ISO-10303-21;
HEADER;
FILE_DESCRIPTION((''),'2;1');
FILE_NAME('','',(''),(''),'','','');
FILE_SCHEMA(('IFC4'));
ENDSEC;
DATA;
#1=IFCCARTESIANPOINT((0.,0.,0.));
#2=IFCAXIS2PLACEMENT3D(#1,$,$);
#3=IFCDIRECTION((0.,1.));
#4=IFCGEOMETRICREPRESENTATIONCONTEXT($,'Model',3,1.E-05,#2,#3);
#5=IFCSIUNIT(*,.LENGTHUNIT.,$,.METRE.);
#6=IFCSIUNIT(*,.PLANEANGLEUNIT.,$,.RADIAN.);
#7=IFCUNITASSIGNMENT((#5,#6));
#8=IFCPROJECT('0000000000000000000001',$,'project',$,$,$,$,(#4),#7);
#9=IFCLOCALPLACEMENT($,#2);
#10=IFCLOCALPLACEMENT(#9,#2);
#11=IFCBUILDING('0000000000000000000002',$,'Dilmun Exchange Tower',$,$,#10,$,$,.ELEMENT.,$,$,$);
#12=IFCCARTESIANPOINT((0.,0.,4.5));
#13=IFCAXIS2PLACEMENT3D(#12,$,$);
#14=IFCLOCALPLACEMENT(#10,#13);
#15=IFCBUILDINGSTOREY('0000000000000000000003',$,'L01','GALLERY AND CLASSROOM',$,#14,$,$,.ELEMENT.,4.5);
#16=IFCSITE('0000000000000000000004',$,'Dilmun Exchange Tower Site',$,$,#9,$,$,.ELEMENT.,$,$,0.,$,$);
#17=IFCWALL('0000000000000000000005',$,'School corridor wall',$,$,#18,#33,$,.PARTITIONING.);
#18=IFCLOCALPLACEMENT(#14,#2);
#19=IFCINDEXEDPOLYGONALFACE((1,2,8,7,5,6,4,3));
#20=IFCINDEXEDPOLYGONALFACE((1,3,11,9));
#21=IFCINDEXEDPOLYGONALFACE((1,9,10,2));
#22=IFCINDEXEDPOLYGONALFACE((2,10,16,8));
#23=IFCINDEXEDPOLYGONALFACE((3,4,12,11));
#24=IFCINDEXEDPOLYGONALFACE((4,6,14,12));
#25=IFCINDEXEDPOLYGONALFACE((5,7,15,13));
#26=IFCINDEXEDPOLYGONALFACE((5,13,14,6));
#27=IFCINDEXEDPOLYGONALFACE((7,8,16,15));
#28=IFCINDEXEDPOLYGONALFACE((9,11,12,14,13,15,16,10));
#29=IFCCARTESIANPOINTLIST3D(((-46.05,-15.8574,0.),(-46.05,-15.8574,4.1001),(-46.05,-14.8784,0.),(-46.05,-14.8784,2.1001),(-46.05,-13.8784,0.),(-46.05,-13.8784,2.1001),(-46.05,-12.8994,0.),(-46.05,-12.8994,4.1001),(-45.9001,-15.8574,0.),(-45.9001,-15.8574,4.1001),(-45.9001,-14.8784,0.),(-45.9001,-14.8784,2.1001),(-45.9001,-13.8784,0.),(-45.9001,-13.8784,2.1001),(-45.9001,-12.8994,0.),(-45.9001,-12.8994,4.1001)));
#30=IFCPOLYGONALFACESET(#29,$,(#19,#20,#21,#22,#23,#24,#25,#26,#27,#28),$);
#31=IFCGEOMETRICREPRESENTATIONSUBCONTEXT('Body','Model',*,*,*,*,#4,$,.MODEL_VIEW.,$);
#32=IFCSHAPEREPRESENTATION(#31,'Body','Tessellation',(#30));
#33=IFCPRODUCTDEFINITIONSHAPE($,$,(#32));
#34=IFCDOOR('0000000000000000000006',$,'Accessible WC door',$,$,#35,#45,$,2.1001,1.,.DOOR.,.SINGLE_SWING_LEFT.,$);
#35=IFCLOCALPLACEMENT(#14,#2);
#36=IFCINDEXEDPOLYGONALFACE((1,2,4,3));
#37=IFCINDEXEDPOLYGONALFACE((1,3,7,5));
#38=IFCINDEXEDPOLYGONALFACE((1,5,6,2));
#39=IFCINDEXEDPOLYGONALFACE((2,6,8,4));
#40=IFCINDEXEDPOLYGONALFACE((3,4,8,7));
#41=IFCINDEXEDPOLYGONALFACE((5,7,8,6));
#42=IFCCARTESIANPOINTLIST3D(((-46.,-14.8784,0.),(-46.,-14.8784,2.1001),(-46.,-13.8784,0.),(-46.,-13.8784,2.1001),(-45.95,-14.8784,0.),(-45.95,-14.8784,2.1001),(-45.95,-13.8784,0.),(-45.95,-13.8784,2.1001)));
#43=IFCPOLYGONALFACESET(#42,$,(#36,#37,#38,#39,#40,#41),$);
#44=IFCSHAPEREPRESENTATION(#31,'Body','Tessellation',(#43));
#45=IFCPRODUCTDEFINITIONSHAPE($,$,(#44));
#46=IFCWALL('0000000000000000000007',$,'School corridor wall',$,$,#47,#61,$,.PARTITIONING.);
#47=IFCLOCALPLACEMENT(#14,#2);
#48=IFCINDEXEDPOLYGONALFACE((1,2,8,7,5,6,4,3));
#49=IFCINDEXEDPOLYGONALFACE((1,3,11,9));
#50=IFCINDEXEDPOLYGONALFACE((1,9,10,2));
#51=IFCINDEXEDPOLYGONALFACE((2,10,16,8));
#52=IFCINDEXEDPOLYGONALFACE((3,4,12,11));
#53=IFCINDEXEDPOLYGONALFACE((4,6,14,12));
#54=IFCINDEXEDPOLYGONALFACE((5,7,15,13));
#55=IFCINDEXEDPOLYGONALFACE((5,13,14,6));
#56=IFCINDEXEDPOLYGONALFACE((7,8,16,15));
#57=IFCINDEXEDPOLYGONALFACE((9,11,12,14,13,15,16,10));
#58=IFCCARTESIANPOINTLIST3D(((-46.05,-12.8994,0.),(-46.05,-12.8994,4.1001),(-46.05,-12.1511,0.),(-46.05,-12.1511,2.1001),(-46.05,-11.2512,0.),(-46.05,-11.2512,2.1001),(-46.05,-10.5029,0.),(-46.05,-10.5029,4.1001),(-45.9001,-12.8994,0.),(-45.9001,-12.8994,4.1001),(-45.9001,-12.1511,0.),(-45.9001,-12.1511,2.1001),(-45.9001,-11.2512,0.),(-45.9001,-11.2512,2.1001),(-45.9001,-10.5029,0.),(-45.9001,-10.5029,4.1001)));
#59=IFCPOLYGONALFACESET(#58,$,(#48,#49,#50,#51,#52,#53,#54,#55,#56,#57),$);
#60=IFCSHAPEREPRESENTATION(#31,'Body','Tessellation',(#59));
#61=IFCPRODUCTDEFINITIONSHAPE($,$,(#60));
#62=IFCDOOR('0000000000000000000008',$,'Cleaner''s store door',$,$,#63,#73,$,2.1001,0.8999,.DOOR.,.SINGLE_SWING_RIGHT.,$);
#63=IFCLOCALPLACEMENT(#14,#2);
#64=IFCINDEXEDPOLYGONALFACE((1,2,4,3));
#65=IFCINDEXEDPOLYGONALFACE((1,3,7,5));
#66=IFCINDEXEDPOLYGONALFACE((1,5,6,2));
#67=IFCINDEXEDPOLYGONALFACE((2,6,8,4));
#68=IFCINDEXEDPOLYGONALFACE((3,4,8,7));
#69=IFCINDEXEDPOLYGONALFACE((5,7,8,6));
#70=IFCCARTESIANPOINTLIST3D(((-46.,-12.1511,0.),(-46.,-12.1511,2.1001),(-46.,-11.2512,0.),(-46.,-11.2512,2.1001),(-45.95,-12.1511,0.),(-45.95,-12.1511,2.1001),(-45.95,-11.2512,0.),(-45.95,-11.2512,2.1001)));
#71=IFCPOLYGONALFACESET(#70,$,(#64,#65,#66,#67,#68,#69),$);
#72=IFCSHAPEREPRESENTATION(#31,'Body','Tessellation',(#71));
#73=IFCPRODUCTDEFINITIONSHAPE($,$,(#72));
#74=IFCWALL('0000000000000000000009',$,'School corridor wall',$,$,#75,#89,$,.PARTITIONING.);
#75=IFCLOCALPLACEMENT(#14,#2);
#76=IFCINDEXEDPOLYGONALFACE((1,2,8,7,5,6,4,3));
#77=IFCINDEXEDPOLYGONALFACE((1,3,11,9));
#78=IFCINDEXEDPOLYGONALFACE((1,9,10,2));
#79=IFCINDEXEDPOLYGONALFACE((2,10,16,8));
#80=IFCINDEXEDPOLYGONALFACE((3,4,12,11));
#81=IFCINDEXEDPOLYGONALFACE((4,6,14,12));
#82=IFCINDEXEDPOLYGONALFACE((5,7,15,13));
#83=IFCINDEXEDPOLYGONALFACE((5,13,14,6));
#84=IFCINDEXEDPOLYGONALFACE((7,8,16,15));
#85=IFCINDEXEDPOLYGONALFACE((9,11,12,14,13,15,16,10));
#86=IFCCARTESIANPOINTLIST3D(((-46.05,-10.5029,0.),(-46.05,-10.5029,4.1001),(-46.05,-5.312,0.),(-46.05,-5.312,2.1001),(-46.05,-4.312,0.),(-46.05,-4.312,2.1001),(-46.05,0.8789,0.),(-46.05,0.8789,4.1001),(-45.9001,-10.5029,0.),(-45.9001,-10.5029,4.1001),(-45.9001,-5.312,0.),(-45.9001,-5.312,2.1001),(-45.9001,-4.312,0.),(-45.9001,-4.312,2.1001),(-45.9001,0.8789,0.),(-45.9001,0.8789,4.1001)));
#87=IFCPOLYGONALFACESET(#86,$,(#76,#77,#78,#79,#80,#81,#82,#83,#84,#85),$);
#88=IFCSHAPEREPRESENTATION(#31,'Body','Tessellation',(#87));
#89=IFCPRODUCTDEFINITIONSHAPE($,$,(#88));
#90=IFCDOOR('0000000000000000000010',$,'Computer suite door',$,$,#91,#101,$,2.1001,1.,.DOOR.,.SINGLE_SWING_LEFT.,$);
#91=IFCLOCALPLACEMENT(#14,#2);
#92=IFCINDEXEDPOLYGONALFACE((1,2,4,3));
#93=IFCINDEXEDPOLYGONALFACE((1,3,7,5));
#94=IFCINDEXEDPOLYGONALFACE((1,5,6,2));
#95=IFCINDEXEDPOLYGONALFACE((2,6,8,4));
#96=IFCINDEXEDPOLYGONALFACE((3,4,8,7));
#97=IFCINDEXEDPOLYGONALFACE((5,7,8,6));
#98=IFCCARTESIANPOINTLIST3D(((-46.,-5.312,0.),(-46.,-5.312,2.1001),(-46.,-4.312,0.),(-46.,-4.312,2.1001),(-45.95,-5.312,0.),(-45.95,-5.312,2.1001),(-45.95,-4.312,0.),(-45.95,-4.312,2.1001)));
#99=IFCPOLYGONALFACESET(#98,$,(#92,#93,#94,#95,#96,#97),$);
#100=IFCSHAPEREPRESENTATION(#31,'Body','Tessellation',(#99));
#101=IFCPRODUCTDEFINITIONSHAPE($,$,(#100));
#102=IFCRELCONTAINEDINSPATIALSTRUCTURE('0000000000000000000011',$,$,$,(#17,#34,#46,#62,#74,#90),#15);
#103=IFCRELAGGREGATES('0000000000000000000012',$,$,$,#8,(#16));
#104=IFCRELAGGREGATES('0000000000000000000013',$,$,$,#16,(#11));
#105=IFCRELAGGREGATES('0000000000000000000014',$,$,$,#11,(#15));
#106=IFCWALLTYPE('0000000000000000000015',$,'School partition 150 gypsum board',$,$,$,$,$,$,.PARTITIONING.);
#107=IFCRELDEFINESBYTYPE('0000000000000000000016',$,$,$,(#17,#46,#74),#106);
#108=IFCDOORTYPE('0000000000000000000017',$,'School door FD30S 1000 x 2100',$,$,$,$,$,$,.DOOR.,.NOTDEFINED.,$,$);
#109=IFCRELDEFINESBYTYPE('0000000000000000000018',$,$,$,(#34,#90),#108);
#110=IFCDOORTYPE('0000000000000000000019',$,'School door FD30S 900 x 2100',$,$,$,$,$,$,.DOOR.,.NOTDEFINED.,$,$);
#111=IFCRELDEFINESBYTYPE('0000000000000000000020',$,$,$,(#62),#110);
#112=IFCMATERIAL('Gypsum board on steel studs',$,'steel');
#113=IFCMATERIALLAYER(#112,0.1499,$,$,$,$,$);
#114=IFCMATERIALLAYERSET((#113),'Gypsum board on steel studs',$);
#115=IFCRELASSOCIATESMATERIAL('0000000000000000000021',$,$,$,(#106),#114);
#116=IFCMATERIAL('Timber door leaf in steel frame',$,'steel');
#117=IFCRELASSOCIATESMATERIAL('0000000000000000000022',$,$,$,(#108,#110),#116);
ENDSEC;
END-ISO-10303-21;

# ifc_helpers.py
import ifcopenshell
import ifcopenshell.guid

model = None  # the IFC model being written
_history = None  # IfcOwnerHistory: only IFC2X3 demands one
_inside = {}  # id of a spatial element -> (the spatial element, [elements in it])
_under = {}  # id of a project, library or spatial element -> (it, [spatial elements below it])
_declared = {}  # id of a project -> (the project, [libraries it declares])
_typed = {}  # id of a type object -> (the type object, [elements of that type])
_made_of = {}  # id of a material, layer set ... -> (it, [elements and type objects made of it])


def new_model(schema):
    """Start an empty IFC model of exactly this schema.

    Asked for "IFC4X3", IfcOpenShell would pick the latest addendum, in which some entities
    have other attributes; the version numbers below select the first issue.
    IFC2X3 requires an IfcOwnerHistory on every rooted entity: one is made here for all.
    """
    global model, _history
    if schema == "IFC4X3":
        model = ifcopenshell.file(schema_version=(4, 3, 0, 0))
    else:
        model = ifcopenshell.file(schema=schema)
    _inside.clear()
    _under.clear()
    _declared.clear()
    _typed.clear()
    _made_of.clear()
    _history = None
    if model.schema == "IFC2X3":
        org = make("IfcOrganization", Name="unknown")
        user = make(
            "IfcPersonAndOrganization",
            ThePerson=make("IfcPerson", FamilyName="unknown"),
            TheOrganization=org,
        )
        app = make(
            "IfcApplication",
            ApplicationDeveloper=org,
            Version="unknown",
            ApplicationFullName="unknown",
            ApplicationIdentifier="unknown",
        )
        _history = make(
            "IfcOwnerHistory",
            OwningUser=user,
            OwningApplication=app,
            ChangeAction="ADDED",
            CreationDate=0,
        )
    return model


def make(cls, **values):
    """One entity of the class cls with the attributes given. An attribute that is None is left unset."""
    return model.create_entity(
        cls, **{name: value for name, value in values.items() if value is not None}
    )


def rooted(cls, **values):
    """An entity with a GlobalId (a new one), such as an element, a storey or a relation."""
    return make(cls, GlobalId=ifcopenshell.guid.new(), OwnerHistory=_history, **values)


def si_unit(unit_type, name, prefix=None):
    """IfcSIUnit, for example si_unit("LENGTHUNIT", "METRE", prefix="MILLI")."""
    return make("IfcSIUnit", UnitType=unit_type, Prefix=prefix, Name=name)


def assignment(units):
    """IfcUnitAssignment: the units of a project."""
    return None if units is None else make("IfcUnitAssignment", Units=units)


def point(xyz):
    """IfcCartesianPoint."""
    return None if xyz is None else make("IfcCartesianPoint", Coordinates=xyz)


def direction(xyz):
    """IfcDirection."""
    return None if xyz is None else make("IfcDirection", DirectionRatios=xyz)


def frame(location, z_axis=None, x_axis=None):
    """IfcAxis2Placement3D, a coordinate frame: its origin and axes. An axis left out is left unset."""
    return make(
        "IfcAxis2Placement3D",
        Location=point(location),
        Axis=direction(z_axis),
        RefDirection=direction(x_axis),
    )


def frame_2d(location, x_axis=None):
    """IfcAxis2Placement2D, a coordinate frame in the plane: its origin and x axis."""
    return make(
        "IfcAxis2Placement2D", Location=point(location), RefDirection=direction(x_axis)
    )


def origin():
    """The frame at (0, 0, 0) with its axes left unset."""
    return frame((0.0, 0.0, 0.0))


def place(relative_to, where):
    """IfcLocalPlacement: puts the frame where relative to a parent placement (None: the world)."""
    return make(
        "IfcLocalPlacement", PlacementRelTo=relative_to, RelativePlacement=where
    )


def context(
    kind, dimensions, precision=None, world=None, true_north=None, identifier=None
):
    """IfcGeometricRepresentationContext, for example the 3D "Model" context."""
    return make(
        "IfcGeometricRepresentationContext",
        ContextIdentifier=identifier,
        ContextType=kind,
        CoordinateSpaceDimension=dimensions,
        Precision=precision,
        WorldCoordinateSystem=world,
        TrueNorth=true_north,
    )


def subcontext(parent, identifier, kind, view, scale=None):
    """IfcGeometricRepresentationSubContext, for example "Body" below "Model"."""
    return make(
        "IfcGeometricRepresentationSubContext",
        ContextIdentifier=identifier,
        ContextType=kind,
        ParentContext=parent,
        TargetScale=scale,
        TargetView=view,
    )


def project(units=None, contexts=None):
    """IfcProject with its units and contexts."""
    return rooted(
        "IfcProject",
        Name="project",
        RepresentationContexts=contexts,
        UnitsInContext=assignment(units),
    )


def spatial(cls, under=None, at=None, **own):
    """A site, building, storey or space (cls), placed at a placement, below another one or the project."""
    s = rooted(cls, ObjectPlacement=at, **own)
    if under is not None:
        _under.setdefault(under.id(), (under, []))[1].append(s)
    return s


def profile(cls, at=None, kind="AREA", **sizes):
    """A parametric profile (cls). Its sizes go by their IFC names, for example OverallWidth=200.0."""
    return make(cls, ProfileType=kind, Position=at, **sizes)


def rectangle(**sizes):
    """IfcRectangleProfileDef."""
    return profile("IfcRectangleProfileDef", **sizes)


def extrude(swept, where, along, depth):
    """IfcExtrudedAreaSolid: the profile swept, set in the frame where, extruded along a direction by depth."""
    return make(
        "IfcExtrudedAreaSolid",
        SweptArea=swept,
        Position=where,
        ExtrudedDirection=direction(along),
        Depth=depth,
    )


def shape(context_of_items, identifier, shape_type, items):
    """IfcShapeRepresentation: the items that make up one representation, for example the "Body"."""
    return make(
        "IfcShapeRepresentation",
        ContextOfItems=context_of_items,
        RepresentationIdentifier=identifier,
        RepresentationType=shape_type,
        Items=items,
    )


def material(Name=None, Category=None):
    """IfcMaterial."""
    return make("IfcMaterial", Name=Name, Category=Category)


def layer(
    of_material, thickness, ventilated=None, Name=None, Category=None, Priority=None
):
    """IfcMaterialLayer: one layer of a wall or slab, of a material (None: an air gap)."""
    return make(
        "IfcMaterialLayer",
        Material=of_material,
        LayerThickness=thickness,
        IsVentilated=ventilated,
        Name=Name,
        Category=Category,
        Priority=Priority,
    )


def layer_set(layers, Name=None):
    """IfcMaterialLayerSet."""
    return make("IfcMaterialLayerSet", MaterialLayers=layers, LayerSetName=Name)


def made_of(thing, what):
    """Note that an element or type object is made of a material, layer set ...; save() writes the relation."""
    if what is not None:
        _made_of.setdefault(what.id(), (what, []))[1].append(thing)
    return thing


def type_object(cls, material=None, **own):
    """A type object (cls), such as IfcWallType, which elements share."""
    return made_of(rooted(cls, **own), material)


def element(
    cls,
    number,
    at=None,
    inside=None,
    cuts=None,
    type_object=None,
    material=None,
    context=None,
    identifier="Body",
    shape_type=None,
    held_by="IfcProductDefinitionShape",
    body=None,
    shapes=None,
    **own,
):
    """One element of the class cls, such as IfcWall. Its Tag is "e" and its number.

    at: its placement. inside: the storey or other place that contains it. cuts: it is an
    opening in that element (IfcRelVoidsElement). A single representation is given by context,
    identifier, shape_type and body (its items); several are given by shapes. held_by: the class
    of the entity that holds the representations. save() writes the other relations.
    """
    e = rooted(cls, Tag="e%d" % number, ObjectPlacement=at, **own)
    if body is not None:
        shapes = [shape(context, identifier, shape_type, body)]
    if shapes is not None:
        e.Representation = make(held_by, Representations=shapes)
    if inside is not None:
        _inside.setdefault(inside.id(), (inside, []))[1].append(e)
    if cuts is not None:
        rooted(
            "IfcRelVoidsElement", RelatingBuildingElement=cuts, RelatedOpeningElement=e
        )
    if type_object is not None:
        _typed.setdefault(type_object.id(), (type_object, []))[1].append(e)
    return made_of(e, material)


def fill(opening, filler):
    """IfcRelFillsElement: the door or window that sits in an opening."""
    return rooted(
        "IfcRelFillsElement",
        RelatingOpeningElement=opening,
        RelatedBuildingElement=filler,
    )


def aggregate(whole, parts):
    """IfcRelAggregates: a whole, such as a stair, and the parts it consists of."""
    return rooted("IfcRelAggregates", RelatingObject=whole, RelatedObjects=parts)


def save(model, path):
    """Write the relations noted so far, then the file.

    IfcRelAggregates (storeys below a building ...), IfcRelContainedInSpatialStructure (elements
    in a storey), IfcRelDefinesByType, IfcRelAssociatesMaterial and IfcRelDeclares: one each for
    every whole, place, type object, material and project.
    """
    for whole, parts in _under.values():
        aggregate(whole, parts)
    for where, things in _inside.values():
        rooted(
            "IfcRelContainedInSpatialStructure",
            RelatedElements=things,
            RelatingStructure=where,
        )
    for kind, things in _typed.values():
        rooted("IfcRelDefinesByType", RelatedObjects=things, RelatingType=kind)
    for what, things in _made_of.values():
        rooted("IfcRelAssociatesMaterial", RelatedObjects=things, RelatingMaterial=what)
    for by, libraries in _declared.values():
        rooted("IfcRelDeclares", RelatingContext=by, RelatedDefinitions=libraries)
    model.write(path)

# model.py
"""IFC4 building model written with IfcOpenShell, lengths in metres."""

from ifc_helpers import new_model, si_unit, direction, frame, frame_2d, origin, place, context, subcontext, project, spatial, rectangle, extrude, material, layer, layer_set, type_object, element, fill, save


model = new_model("IFC4")

# Units and contexts
model_context = context("Model", 3, precision=1e-05, world=origin(), true_north=direction((0.0, 1.0)))
body_context = subcontext(model_context, "Body", "Model", "MODEL_VIEW")
ifc_project = project(units=[si_unit("LENGTHUNIT", "METRE"), si_unit("PLANEANGLEUNIT", "RADIAN")], contexts=[model_context])

# Site, building, storey
site_placement = place(None, origin())
site = spatial("IfcSite", under=ifc_project, at=site_placement, Name="Dilmun Exchange Tower Site", CompositionType="ELEMENT", RefElevation=0.0)
building_placement = place(site_placement, origin())
building = spatial("IfcBuilding", under=site, at=building_placement, Name="Dilmun Exchange Tower", CompositionType="ELEMENT")
storey_placement = place(building_placement, frame((0.0, 0.0, 4.5)))
storey = spatial("IfcBuildingStorey", under=building, at=storey_placement, Name="L01", Description="GALLERY AND CLASSROOM", CompositionType="ELEMENT", Elevation=4.5)

# Shared definitions
ifc_material_1 = material(Name="Gypsum board on steel studs", Category="steel")
ifc_layer_1 = layer(ifc_material_1, 0.1499)
ifc_layer_set_1 = layer_set([ifc_layer_1], Name="Gypsum board on steel studs")
wall_type_1 = type_object("IfcWallType", Name="School partition 150 gypsum board", PredefinedType="PARTITIONING", material=ifc_layer_set_1)

# Shared definitions
ifc_material_2 = material(Name="Timber door leaf in steel frame", Category="steel")
door_type_1 = type_object("IfcDoorType", Name="School door FD30S 1000 x 2100", OperationType="NOTDEFINED", PredefinedType="DOOR", material=ifc_material_2)

# Walls, openings, doors
door_type_2 = type_object("IfcDoorType", Name="School door FD30S 900 x 2100", OperationType="NOTDEFINED", PredefinedType="DOOR", material=ifc_material_2)
wall_1_placement = place(storey_placement, frame((-45.9751, -15.8574, 0.0), z_axis=(0.0, 0.0, 1.0), x_axis=(0.0, 1.0, 0.0)))
wall_1 = element("IfcWall", 1, at=wall_1_placement, inside=storey, type_object=wall_type_1, Name="School corridor wall", PredefinedType="PARTITIONING", context=body_context, shape_type="SweptSolid", body=[
    extrude(rectangle(XDim=2.958, YDim=0.1499, at=frame_2d((1.479, 0.0))), origin(), (0.0, 0.0, 1.0), 4.1001),
])
opening_1_placement = place(wall_1_placement, frame((0.979, 0.0, 0.0)))
opening_1 = element("IfcOpeningElement", 2, at=opening_1_placement, cuts=wall_1, PredefinedType="OPENING", context=body_context, shape_type="SweptSolid", body=[
    extrude(rectangle(XDim=1.0, YDim=2.1001, at=frame_2d((0.5, 1.05))), frame((0.0, 0.085, 0.0), z_axis=(0.0, -1.0, 0.0), x_axis=(1.0, 0.0, 0.0)), (0.0, 0.0, 1.0), 0.1699),
])
door_1_placement = place(opening_1_placement, origin())
door_1 = element("IfcDoor", 3, at=door_1_placement, inside=storey, type_object=door_type_1, Name="Accessible WC door", OperationType="SINGLE_SWING_LEFT", OverallHeight=2.1001, OverallWidth=1.0, PredefinedType="DOOR", context=body_context, shape_type="SweptSolid", body=[
    extrude(rectangle(XDim=1.0, YDim=2.1001, at=frame_2d((0.5, 1.05))), frame((0.0, 0.0249, 0.0), z_axis=(0.0, -1.0, 0.0), x_axis=(1.0, 0.0, 0.0)), (0.0, 0.0, 1.0), 0.05),
])
fill(opening_1, door_1)
wall_2_placement = place(storey_placement, frame((-45.9751, -12.8994, 0.0), z_axis=(0.0, 0.0, 1.0), x_axis=(0.0, 1.0, 0.0)))
wall_2 = element("IfcWall", 4, at=wall_2_placement, inside=storey, type_object=wall_type_1, Name="School corridor wall", PredefinedType="PARTITIONING", context=body_context, shape_type="SweptSolid", body=[
    extrude(rectangle(XDim=2.3965, YDim=0.1499, at=frame_2d((1.1982, 0.0))), origin(), (0.0, 0.0, 1.0), 4.1001),
])
opening_2_placement = place(wall_2_placement, frame((0.7483, 0.0, 0.0)))
opening_2 = element("IfcOpeningElement", 5, at=opening_2_placement, cuts=wall_2, PredefinedType="OPENING", context=body_context, shape_type="SweptSolid", body=[
    extrude(rectangle(XDim=0.8999, YDim=2.1001, at=frame_2d((0.45, 1.05))), frame((0.0, 0.085, 0.0), z_axis=(0.0, -1.0, 0.0), x_axis=(1.0, 0.0, 0.0)), (0.0, 0.0, 1.0), 0.1699),
])
door_2_placement = place(opening_2_placement, origin())
door_2 = element("IfcDoor", 6, at=door_2_placement, inside=storey, type_object=door_type_2, Name="Cleaner's store door", OperationType="SINGLE_SWING_RIGHT", OverallHeight=2.1001, OverallWidth=0.8999, PredefinedType="DOOR", context=body_context, shape_type="SweptSolid", body=[
    extrude(rectangle(XDim=0.8999, YDim=2.1001, at=frame_2d((0.45, 1.05))), frame((0.0, 0.0249, 0.0), z_axis=(0.0, -1.0, 0.0), x_axis=(1.0, 0.0, 0.0)), (0.0, 0.0, 1.0), 0.05),
])
fill(opening_2, door_2)
wall_3_placement = place(storey_placement, frame((-45.9751, -10.5029, 0.0), z_axis=(0.0, 0.0, 1.0), x_axis=(0.0, 1.0, 0.0)))
wall_3 = element("IfcWall", 7, at=wall_3_placement, inside=storey, type_object=wall_type_1, Name="School corridor wall", PredefinedType="PARTITIONING", context=body_context, shape_type="SweptSolid", body=[
    extrude(rectangle(XDim=11.3818, YDim=0.1499, at=frame_2d((5.6909, 0.0))), origin(), (0.0, 0.0, 1.0), 4.1001),
])
opening_3_placement = place(wall_3_placement, frame((5.1909, 0.0, 0.0)))
opening_3 = element("IfcOpeningElement", 8, at=opening_3_placement, cuts=wall_3, PredefinedType="OPENING", context=body_context, shape_type="SweptSolid", body=[
    extrude(rectangle(XDim=1.0, YDim=2.1001, at=frame_2d((0.5, 1.05))), frame((0.0, 0.085, 0.0), z_axis=(0.0, -1.0, 0.0), x_axis=(1.0, 0.0, 0.0)), (0.0, 0.0, 1.0), 0.1699),
])
door_3_placement = place(opening_3_placement, origin())
door_3 = element("IfcDoor", 9, at=door_3_placement, inside=storey, type_object=door_type_1, Name="Computer suite door", OperationType="SINGLE_SWING_LEFT", OverallHeight=2.1001, OverallWidth=1.0, PredefinedType="DOOR", context=body_context, shape_type="SweptSolid", body=[
    extrude(rectangle(XDim=1.0, YDim=2.1001, at=frame_2d((0.5, 1.05))), frame((0.0, 0.0249, 0.0), z_axis=(0.0, -1.0, 0.0), x_axis=(1.0, 0.0, 0.0)), (0.0, 0.0, 1.0), 0.05),
])
fill(opening_3, door_3)

save(model, "model.ifc")
